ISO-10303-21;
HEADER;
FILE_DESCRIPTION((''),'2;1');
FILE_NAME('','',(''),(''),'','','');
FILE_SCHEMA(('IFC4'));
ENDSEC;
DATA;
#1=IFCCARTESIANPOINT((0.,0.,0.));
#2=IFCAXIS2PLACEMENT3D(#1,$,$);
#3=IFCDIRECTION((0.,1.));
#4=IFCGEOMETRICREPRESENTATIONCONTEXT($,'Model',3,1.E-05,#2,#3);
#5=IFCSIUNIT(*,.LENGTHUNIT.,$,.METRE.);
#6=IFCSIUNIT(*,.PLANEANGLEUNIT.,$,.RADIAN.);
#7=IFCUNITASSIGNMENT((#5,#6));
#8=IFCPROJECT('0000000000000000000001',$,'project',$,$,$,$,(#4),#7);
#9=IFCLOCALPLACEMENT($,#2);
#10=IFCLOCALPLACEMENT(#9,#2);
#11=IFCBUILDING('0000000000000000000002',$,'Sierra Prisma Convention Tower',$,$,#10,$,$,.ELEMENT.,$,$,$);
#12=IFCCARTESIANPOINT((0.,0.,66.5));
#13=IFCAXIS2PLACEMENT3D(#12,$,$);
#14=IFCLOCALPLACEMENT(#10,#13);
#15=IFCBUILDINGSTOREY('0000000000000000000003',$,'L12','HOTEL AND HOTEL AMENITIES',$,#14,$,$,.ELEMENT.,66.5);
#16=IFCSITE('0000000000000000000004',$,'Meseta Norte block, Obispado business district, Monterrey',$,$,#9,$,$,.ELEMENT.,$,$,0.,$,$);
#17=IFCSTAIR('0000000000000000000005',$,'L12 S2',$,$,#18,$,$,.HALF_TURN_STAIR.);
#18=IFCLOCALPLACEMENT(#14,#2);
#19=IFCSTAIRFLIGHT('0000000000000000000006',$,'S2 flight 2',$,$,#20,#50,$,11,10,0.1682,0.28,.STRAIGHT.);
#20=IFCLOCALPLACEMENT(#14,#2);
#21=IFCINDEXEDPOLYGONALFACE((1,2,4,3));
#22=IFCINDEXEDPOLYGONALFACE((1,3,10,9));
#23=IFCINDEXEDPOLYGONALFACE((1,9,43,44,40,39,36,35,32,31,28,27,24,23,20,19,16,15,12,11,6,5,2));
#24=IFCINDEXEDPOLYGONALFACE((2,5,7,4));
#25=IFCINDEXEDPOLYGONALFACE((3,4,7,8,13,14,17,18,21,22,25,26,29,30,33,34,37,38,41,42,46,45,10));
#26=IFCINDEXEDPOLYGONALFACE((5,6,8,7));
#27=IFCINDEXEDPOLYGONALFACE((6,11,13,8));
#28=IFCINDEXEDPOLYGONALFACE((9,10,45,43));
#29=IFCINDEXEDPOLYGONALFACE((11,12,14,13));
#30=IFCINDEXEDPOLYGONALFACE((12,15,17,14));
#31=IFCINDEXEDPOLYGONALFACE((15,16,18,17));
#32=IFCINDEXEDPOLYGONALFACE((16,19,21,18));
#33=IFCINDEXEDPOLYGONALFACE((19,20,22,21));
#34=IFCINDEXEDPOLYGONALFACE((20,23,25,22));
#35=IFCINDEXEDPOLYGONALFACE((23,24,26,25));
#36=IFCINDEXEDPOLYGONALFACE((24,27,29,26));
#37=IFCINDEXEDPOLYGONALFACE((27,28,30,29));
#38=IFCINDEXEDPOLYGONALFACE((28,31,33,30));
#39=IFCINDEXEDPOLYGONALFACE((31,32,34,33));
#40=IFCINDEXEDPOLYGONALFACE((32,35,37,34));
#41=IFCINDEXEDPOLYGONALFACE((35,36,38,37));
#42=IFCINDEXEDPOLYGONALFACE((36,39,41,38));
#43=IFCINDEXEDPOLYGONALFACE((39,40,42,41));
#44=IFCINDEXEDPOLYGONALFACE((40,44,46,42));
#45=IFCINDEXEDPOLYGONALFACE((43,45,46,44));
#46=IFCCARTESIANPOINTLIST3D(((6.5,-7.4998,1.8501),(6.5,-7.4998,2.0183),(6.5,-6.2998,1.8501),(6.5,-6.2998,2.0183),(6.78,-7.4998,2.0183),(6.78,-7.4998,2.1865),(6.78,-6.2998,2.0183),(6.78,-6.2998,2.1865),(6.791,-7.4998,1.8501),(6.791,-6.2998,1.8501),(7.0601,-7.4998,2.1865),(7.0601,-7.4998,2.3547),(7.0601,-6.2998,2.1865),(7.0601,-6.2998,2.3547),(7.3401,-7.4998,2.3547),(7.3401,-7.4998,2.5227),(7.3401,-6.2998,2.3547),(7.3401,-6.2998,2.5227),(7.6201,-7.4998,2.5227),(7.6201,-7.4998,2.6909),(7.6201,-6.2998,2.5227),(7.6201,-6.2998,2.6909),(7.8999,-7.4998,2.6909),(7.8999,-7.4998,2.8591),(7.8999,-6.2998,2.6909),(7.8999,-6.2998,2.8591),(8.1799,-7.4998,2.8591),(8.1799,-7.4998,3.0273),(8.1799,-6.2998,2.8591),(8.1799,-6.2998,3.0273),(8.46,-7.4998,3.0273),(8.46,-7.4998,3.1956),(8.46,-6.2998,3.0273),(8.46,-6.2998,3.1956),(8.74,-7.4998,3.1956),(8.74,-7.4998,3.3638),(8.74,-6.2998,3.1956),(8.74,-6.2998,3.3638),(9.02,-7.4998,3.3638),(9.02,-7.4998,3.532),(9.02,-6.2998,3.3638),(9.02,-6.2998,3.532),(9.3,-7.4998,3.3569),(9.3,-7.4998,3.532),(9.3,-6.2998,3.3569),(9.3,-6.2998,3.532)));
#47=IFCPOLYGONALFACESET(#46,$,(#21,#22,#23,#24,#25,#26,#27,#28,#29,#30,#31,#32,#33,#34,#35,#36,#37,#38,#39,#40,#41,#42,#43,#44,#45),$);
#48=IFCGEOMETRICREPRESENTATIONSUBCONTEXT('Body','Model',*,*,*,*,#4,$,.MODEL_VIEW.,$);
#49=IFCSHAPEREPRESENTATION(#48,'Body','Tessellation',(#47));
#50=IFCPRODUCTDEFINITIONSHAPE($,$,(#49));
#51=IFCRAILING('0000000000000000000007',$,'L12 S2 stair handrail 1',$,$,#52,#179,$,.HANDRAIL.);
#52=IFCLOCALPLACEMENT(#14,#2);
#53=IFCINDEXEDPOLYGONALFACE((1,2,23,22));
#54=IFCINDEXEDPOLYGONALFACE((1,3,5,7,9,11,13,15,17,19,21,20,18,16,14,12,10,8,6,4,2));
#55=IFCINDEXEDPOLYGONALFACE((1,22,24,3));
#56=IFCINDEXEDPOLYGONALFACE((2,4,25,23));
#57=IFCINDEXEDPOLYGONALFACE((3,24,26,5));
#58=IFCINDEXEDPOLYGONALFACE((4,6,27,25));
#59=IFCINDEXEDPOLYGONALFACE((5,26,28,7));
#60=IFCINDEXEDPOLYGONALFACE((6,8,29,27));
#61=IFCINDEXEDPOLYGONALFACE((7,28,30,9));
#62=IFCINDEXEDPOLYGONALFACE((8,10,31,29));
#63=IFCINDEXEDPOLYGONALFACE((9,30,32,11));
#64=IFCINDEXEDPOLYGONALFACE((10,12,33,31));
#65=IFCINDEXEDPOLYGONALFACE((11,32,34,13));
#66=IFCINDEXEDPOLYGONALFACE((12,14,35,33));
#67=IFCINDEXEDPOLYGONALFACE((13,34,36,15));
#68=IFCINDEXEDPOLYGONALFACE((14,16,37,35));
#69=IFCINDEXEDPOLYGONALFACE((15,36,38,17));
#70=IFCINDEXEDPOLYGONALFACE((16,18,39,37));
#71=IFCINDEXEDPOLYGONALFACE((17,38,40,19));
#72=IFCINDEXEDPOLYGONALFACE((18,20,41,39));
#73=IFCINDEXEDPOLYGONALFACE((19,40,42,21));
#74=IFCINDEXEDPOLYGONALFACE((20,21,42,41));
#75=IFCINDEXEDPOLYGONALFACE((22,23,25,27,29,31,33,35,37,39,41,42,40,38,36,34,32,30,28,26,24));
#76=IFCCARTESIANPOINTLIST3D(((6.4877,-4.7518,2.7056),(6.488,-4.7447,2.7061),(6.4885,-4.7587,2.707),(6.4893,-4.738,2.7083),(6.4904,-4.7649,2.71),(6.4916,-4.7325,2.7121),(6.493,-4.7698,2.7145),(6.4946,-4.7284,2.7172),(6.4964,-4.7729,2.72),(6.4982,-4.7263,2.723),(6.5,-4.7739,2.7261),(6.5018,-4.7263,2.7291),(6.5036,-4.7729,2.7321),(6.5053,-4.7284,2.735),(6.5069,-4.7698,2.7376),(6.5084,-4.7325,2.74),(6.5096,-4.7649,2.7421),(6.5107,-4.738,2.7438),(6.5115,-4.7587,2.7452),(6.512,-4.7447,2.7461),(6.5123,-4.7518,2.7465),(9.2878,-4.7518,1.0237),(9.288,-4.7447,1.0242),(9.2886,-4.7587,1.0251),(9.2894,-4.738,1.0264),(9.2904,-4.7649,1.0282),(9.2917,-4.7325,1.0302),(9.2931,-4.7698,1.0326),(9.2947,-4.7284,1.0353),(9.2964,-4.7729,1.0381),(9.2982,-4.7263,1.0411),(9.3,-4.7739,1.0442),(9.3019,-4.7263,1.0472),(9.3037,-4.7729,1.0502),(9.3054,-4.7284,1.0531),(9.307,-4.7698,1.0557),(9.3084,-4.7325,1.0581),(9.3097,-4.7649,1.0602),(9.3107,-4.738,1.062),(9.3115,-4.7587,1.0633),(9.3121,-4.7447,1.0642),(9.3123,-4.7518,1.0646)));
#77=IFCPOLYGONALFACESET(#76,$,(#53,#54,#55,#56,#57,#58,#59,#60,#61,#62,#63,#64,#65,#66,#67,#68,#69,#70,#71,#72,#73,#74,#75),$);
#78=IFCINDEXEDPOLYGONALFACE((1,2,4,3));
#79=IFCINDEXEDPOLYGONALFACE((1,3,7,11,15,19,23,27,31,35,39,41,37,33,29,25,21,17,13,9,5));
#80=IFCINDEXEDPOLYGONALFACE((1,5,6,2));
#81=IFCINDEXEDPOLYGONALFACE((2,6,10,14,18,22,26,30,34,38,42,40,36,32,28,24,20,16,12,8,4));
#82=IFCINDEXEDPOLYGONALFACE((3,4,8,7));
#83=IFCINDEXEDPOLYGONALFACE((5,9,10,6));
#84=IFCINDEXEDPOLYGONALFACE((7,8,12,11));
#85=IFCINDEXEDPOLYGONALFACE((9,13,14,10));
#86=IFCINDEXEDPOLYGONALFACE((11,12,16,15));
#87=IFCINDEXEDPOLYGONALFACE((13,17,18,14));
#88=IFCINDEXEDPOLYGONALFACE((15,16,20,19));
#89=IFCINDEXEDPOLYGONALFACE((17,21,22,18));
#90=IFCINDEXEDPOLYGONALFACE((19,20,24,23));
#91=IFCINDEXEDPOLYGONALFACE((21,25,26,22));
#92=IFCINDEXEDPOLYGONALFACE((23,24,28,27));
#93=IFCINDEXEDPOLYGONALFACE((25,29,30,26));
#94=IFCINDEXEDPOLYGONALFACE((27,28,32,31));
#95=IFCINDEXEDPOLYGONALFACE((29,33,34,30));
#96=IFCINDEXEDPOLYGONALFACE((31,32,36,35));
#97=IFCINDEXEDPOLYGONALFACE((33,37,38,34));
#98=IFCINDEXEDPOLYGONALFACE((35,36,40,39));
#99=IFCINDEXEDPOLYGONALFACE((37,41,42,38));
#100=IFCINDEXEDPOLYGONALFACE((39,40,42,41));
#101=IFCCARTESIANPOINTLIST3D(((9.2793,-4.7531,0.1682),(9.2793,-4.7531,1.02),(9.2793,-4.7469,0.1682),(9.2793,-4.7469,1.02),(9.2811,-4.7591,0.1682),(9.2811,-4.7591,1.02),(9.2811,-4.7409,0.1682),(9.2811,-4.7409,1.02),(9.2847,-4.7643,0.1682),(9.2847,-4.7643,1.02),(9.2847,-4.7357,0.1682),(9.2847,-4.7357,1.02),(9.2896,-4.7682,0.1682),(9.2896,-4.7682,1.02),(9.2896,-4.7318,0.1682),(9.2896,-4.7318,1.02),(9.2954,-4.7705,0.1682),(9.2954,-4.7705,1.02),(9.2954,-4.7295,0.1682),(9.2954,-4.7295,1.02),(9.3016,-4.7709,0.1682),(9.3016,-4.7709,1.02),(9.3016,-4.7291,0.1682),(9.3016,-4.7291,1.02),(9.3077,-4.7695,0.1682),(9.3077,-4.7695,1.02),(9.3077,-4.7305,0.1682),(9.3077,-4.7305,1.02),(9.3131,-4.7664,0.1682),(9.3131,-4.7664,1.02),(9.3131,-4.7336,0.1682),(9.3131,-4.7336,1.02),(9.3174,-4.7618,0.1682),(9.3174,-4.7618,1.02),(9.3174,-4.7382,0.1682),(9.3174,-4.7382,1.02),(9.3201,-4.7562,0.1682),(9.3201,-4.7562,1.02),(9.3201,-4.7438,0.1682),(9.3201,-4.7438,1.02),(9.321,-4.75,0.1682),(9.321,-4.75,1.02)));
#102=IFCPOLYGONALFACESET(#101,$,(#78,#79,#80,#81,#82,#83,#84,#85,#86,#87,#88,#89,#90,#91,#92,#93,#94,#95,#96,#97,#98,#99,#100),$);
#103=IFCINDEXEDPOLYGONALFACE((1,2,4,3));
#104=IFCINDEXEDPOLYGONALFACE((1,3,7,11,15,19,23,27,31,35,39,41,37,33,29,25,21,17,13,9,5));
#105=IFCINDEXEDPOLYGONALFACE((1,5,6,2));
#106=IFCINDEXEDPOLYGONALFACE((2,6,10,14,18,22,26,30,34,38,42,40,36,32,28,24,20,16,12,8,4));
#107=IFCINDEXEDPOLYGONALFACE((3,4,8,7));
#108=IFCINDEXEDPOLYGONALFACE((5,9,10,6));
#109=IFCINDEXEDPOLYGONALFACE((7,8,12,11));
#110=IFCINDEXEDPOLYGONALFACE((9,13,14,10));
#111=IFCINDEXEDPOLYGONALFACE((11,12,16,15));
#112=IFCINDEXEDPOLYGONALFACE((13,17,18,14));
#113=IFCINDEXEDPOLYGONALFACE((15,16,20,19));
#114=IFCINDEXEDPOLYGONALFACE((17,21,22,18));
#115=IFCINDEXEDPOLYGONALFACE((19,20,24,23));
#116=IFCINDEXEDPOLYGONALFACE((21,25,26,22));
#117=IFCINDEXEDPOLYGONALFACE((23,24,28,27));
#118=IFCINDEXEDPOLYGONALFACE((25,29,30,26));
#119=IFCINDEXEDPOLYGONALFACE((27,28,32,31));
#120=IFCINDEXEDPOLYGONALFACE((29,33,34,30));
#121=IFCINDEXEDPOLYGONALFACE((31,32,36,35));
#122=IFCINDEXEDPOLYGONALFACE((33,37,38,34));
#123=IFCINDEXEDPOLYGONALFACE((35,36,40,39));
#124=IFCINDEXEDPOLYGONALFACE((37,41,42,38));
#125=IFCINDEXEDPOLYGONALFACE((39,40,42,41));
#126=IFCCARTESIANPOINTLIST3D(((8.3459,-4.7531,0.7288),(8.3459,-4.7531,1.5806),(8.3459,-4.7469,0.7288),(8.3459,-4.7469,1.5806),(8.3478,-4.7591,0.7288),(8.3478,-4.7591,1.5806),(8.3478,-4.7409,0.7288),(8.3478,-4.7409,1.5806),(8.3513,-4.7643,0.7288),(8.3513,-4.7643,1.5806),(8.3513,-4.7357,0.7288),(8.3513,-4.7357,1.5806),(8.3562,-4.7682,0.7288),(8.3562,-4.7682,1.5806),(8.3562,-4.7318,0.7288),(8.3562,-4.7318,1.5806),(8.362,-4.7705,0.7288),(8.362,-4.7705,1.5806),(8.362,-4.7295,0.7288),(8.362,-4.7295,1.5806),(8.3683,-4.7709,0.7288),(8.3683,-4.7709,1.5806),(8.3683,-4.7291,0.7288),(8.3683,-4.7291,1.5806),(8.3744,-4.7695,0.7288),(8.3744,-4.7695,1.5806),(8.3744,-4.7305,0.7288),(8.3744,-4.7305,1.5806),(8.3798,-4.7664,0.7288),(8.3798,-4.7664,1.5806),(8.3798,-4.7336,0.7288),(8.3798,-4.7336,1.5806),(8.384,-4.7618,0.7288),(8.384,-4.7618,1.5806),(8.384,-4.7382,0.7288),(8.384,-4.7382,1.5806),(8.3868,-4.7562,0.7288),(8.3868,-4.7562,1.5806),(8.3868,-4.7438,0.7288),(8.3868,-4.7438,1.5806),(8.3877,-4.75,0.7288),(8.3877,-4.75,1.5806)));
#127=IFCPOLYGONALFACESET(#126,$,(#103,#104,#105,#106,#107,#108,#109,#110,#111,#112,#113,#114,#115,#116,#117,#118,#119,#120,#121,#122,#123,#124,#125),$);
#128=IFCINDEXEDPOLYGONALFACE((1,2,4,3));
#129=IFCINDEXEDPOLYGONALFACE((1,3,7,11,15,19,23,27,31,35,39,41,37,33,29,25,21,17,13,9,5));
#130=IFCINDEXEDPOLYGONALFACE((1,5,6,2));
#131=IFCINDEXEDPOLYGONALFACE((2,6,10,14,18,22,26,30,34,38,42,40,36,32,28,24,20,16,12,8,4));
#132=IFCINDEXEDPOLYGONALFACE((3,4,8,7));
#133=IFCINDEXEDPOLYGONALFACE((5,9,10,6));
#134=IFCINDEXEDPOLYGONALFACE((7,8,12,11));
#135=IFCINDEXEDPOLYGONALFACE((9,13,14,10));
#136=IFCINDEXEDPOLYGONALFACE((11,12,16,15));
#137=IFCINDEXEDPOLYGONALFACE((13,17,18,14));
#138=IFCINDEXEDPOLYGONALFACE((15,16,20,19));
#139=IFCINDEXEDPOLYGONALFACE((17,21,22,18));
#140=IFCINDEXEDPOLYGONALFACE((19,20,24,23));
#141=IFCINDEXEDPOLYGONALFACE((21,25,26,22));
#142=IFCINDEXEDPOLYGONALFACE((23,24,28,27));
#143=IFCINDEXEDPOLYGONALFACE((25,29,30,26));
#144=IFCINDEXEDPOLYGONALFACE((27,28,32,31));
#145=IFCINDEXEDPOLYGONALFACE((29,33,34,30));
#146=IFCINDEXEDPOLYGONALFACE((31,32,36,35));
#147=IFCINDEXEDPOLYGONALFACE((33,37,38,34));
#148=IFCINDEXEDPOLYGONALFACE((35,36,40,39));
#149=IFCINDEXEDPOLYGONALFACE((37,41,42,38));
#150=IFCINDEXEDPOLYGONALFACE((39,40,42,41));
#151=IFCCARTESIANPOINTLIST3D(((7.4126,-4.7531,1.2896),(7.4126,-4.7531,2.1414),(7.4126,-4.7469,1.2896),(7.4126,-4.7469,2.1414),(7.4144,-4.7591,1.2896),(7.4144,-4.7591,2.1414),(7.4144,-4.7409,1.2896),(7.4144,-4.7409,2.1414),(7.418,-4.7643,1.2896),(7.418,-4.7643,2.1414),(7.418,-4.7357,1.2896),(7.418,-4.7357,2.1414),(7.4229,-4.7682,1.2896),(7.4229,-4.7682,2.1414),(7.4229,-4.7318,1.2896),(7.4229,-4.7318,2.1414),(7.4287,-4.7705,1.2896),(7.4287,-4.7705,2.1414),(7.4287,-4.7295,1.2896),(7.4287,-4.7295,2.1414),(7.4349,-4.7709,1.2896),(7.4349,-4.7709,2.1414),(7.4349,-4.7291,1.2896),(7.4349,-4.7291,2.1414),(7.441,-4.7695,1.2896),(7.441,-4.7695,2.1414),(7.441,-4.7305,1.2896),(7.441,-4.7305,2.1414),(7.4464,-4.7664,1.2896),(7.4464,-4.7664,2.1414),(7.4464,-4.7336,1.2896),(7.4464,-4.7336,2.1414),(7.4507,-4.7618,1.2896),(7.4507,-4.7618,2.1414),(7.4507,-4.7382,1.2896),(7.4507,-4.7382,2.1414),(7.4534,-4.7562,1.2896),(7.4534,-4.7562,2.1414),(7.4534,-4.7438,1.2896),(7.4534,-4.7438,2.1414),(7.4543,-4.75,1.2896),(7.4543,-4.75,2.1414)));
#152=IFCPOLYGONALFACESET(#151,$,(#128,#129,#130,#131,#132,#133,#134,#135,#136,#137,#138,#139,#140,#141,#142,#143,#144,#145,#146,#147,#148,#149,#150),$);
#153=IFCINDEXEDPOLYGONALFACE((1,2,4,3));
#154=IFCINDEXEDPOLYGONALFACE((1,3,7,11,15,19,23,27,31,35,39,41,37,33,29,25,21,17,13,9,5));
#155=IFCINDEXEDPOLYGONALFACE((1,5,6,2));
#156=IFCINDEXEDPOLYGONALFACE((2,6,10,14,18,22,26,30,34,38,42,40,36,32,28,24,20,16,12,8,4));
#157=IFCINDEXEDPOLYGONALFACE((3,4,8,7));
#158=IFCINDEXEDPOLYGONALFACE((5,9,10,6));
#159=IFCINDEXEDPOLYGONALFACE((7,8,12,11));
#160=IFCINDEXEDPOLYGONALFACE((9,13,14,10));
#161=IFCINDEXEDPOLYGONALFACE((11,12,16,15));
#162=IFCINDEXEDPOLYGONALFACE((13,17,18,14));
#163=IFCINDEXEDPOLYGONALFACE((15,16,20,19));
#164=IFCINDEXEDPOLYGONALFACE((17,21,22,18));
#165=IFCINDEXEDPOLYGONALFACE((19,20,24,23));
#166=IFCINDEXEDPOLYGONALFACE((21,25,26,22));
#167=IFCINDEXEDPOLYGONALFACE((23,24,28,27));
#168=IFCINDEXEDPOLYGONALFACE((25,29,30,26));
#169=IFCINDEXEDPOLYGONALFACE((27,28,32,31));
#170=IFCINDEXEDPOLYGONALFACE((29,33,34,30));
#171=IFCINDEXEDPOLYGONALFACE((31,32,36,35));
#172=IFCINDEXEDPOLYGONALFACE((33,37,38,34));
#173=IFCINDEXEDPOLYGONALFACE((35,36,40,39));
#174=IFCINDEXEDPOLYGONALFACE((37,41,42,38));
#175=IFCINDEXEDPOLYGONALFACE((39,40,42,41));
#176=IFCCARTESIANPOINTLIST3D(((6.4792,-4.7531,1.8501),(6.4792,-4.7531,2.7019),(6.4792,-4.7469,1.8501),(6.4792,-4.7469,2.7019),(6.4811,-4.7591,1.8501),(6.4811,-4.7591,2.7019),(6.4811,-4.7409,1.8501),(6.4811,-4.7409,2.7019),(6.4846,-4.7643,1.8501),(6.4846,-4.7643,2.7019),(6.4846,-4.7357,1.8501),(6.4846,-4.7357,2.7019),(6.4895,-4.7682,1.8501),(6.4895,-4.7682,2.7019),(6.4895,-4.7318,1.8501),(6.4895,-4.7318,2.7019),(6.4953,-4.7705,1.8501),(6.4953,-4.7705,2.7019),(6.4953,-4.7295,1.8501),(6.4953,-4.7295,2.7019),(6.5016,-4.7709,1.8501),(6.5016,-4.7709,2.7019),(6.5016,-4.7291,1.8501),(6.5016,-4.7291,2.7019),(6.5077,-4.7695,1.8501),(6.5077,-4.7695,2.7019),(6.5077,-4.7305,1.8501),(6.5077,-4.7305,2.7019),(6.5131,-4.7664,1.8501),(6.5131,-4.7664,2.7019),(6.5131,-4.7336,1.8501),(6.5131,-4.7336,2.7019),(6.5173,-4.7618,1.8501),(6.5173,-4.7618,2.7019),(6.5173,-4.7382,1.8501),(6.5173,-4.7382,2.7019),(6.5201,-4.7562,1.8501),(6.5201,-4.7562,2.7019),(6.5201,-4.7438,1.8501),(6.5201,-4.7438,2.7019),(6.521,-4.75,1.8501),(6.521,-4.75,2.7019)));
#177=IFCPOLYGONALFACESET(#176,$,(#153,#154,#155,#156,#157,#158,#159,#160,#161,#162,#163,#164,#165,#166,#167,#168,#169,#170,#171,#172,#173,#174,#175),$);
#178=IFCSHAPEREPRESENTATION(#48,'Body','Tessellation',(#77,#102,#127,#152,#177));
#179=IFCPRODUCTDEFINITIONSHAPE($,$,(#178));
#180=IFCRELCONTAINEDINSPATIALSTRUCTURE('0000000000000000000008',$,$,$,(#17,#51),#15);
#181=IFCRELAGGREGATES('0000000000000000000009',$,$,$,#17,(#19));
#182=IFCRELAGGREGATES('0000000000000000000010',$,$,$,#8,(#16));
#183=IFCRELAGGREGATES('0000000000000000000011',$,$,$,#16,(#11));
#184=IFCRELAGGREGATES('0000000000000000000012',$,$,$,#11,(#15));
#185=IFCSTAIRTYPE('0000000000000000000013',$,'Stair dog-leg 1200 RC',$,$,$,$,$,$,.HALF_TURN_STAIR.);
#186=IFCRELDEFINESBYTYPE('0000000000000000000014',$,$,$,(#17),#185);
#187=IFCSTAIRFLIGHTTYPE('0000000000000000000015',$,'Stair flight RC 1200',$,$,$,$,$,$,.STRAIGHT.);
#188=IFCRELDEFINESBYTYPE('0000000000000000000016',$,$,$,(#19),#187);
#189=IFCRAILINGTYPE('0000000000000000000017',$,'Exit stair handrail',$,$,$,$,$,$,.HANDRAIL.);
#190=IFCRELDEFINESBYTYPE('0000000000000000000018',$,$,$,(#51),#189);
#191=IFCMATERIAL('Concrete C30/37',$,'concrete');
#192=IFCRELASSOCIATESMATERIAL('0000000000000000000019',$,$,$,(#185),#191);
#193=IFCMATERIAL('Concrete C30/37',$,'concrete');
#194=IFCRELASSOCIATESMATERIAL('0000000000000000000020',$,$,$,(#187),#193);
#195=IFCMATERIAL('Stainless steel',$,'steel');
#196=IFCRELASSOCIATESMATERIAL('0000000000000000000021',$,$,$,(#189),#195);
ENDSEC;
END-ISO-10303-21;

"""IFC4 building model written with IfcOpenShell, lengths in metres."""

from ifc_helpers import new_model, si_unit, direction, frame, origin, origin_2d, place, context, subcontext, project, spatial, polyline, circle, outline, extrude, material, type_object, element, aggregate, save


model = new_model("IFC4")

# Units and contexts
model_context = context("Model", 3, precision=1e-05, world=origin(), true_north=direction((0.0, 1.0)))
body_context = subcontext(model_context, "Body", "Model", "MODEL_VIEW")
ifc_project = project(units=[si_unit("LENGTHUNIT", "METRE"), si_unit("PLANEANGLEUNIT", "RADIAN")], contexts=[model_context])

# Site, building, storey
site_placement = place(None, origin())
site = spatial("IfcSite", under=ifc_project, at=site_placement, Name="Meseta Norte block, Obispado business district, Monterrey", CompositionType="ELEMENT", RefElevation=0.0)
building_placement = place(site_placement, origin())
building = spatial("IfcBuilding", under=site, at=building_placement, Name="Sierra Prisma Convention Tower", CompositionType="ELEMENT")
storey_placement = place(building_placement, frame((0.0, 0.0, 66.5)))
storey = spatial("IfcBuildingStorey", under=building, at=storey_placement, Name="L12", Description="HOTEL AND HOTEL AMENITIES", CompositionType="ELEMENT", Elevation=66.5)

# Stair, stair flight
ifc_material_1 = material(Name="Concrete C30/37", Category="concrete")
stair_type = type_object("IfcStairType", Name="Stair dog-leg 1200 RC", PredefinedType="HALF_TURN_STAIR", material=ifc_material_1)
stair_placement = place(storey_placement, origin())
stair = element("IfcStair", 1, at=stair_placement, inside=storey, type_object=stair_type, Name="L12 S2", PredefinedType="HALF_TURN_STAIR")
ifc_material_2 = material(Name="Concrete C30/37", Category="concrete")
stair_flight_type = type_object("IfcStairFlightType", Name="Stair flight RC 1200", PredefinedType="STRAIGHT", material=ifc_material_2)
stair_flight_1_placement = place(storey_placement, frame((6.5, -6.8999, 1.8501), z_axis=(0.0, 0.0, 1.0), x_axis=(1.0, 0.0, 0.0)))
stair_flight_1 = element("IfcStairFlight", 2, at=stair_flight_1_placement, type_object=stair_flight_type, Name="S2 flight 2", NumberOfRisers=11, NumberOfTreads=10, PredefinedType="STRAIGHT", RiserHeight=0.1682, TreadLength=0.28, context=body_context, shape_type="SweptSolid", body=[
    extrude(outline(polyline([(0.0, 0.0), (0.0, 0.1682), (0.28, 0.1682), (0.28, 0.3364), (0.5601, 0.3364), (0.5601, 0.5046), (0.8401, 0.5046), (0.8401, 0.6726), (1.1201, 0.6726), (1.1201, 0.8408), (1.3999, 0.8408), (1.3999, 1.009), (1.6799, 1.009), (1.6799, 1.1772), (1.96, 1.1772), (1.96, 1.3455), (2.24, 1.3455), (2.24, 1.5137), (2.52, 1.5137), (2.52, 1.6819), (2.8, 1.6819), (2.8, 1.8501), (2.8, 1.5068), (0.291, 0.0), (0.0, 0.0)])), frame((0.0, 0.6001, 0.0), z_axis=(0.0, -1.0, 0.0), x_axis=(1.0, 0.0, 0.0)), (0.0, 0.0, 1.0), 1.2),
])
aggregate(stair, [stair_flight_1])

# Railing
ifc_material_3 = material(Name="Stainless steel", Category="steel")
railing_type_1 = type_object("IfcRailingType", Name="Exit stair handrail", PredefinedType="HANDRAIL", material=ifc_material_3)
railing_1_placement = place(storey_placement, frame((9.3, -4.75, 0.1682)))
element("IfcRailing", 3, at=railing_1_placement, inside=storey, type_object=railing_type_1, Name="L12 S2 stair handrail 1", PredefinedType="HANDRAIL", context=body_context, shape_type="SweptSolid", body=[
    extrude(circle(Radius=0.0239, at=origin_2d()), frame((0.0, 0.0, 0.876), z_axis=(-0.857242, 0.0, 0.514913), x_axis=(0.0, -1.0, 0.0)), (0.0, 0.0, 1.0), 3.2664),
    extrude(circle(Radius=0.021, at=origin_2d()), origin(), (0.0, 0.0, 1.0), 0.8518),
    extrude(circle(Radius=0.021, at=origin_2d()), frame((-0.9333, 0.0, 0.5605)), (0.0, 0.0, 1.0), 0.8518),
    extrude(circle(Radius=0.021, at=origin_2d()), frame((-1.8667, 0.0, 1.1213)), (0.0, 0.0, 1.0), 0.8518),
    extrude(circle(Radius=0.021, at=origin_2d()), frame((-2.8, 0.0, 1.6819)), (0.0, 0.0, 1.0), 0.8518),
])

save(model, "model.ifc")
